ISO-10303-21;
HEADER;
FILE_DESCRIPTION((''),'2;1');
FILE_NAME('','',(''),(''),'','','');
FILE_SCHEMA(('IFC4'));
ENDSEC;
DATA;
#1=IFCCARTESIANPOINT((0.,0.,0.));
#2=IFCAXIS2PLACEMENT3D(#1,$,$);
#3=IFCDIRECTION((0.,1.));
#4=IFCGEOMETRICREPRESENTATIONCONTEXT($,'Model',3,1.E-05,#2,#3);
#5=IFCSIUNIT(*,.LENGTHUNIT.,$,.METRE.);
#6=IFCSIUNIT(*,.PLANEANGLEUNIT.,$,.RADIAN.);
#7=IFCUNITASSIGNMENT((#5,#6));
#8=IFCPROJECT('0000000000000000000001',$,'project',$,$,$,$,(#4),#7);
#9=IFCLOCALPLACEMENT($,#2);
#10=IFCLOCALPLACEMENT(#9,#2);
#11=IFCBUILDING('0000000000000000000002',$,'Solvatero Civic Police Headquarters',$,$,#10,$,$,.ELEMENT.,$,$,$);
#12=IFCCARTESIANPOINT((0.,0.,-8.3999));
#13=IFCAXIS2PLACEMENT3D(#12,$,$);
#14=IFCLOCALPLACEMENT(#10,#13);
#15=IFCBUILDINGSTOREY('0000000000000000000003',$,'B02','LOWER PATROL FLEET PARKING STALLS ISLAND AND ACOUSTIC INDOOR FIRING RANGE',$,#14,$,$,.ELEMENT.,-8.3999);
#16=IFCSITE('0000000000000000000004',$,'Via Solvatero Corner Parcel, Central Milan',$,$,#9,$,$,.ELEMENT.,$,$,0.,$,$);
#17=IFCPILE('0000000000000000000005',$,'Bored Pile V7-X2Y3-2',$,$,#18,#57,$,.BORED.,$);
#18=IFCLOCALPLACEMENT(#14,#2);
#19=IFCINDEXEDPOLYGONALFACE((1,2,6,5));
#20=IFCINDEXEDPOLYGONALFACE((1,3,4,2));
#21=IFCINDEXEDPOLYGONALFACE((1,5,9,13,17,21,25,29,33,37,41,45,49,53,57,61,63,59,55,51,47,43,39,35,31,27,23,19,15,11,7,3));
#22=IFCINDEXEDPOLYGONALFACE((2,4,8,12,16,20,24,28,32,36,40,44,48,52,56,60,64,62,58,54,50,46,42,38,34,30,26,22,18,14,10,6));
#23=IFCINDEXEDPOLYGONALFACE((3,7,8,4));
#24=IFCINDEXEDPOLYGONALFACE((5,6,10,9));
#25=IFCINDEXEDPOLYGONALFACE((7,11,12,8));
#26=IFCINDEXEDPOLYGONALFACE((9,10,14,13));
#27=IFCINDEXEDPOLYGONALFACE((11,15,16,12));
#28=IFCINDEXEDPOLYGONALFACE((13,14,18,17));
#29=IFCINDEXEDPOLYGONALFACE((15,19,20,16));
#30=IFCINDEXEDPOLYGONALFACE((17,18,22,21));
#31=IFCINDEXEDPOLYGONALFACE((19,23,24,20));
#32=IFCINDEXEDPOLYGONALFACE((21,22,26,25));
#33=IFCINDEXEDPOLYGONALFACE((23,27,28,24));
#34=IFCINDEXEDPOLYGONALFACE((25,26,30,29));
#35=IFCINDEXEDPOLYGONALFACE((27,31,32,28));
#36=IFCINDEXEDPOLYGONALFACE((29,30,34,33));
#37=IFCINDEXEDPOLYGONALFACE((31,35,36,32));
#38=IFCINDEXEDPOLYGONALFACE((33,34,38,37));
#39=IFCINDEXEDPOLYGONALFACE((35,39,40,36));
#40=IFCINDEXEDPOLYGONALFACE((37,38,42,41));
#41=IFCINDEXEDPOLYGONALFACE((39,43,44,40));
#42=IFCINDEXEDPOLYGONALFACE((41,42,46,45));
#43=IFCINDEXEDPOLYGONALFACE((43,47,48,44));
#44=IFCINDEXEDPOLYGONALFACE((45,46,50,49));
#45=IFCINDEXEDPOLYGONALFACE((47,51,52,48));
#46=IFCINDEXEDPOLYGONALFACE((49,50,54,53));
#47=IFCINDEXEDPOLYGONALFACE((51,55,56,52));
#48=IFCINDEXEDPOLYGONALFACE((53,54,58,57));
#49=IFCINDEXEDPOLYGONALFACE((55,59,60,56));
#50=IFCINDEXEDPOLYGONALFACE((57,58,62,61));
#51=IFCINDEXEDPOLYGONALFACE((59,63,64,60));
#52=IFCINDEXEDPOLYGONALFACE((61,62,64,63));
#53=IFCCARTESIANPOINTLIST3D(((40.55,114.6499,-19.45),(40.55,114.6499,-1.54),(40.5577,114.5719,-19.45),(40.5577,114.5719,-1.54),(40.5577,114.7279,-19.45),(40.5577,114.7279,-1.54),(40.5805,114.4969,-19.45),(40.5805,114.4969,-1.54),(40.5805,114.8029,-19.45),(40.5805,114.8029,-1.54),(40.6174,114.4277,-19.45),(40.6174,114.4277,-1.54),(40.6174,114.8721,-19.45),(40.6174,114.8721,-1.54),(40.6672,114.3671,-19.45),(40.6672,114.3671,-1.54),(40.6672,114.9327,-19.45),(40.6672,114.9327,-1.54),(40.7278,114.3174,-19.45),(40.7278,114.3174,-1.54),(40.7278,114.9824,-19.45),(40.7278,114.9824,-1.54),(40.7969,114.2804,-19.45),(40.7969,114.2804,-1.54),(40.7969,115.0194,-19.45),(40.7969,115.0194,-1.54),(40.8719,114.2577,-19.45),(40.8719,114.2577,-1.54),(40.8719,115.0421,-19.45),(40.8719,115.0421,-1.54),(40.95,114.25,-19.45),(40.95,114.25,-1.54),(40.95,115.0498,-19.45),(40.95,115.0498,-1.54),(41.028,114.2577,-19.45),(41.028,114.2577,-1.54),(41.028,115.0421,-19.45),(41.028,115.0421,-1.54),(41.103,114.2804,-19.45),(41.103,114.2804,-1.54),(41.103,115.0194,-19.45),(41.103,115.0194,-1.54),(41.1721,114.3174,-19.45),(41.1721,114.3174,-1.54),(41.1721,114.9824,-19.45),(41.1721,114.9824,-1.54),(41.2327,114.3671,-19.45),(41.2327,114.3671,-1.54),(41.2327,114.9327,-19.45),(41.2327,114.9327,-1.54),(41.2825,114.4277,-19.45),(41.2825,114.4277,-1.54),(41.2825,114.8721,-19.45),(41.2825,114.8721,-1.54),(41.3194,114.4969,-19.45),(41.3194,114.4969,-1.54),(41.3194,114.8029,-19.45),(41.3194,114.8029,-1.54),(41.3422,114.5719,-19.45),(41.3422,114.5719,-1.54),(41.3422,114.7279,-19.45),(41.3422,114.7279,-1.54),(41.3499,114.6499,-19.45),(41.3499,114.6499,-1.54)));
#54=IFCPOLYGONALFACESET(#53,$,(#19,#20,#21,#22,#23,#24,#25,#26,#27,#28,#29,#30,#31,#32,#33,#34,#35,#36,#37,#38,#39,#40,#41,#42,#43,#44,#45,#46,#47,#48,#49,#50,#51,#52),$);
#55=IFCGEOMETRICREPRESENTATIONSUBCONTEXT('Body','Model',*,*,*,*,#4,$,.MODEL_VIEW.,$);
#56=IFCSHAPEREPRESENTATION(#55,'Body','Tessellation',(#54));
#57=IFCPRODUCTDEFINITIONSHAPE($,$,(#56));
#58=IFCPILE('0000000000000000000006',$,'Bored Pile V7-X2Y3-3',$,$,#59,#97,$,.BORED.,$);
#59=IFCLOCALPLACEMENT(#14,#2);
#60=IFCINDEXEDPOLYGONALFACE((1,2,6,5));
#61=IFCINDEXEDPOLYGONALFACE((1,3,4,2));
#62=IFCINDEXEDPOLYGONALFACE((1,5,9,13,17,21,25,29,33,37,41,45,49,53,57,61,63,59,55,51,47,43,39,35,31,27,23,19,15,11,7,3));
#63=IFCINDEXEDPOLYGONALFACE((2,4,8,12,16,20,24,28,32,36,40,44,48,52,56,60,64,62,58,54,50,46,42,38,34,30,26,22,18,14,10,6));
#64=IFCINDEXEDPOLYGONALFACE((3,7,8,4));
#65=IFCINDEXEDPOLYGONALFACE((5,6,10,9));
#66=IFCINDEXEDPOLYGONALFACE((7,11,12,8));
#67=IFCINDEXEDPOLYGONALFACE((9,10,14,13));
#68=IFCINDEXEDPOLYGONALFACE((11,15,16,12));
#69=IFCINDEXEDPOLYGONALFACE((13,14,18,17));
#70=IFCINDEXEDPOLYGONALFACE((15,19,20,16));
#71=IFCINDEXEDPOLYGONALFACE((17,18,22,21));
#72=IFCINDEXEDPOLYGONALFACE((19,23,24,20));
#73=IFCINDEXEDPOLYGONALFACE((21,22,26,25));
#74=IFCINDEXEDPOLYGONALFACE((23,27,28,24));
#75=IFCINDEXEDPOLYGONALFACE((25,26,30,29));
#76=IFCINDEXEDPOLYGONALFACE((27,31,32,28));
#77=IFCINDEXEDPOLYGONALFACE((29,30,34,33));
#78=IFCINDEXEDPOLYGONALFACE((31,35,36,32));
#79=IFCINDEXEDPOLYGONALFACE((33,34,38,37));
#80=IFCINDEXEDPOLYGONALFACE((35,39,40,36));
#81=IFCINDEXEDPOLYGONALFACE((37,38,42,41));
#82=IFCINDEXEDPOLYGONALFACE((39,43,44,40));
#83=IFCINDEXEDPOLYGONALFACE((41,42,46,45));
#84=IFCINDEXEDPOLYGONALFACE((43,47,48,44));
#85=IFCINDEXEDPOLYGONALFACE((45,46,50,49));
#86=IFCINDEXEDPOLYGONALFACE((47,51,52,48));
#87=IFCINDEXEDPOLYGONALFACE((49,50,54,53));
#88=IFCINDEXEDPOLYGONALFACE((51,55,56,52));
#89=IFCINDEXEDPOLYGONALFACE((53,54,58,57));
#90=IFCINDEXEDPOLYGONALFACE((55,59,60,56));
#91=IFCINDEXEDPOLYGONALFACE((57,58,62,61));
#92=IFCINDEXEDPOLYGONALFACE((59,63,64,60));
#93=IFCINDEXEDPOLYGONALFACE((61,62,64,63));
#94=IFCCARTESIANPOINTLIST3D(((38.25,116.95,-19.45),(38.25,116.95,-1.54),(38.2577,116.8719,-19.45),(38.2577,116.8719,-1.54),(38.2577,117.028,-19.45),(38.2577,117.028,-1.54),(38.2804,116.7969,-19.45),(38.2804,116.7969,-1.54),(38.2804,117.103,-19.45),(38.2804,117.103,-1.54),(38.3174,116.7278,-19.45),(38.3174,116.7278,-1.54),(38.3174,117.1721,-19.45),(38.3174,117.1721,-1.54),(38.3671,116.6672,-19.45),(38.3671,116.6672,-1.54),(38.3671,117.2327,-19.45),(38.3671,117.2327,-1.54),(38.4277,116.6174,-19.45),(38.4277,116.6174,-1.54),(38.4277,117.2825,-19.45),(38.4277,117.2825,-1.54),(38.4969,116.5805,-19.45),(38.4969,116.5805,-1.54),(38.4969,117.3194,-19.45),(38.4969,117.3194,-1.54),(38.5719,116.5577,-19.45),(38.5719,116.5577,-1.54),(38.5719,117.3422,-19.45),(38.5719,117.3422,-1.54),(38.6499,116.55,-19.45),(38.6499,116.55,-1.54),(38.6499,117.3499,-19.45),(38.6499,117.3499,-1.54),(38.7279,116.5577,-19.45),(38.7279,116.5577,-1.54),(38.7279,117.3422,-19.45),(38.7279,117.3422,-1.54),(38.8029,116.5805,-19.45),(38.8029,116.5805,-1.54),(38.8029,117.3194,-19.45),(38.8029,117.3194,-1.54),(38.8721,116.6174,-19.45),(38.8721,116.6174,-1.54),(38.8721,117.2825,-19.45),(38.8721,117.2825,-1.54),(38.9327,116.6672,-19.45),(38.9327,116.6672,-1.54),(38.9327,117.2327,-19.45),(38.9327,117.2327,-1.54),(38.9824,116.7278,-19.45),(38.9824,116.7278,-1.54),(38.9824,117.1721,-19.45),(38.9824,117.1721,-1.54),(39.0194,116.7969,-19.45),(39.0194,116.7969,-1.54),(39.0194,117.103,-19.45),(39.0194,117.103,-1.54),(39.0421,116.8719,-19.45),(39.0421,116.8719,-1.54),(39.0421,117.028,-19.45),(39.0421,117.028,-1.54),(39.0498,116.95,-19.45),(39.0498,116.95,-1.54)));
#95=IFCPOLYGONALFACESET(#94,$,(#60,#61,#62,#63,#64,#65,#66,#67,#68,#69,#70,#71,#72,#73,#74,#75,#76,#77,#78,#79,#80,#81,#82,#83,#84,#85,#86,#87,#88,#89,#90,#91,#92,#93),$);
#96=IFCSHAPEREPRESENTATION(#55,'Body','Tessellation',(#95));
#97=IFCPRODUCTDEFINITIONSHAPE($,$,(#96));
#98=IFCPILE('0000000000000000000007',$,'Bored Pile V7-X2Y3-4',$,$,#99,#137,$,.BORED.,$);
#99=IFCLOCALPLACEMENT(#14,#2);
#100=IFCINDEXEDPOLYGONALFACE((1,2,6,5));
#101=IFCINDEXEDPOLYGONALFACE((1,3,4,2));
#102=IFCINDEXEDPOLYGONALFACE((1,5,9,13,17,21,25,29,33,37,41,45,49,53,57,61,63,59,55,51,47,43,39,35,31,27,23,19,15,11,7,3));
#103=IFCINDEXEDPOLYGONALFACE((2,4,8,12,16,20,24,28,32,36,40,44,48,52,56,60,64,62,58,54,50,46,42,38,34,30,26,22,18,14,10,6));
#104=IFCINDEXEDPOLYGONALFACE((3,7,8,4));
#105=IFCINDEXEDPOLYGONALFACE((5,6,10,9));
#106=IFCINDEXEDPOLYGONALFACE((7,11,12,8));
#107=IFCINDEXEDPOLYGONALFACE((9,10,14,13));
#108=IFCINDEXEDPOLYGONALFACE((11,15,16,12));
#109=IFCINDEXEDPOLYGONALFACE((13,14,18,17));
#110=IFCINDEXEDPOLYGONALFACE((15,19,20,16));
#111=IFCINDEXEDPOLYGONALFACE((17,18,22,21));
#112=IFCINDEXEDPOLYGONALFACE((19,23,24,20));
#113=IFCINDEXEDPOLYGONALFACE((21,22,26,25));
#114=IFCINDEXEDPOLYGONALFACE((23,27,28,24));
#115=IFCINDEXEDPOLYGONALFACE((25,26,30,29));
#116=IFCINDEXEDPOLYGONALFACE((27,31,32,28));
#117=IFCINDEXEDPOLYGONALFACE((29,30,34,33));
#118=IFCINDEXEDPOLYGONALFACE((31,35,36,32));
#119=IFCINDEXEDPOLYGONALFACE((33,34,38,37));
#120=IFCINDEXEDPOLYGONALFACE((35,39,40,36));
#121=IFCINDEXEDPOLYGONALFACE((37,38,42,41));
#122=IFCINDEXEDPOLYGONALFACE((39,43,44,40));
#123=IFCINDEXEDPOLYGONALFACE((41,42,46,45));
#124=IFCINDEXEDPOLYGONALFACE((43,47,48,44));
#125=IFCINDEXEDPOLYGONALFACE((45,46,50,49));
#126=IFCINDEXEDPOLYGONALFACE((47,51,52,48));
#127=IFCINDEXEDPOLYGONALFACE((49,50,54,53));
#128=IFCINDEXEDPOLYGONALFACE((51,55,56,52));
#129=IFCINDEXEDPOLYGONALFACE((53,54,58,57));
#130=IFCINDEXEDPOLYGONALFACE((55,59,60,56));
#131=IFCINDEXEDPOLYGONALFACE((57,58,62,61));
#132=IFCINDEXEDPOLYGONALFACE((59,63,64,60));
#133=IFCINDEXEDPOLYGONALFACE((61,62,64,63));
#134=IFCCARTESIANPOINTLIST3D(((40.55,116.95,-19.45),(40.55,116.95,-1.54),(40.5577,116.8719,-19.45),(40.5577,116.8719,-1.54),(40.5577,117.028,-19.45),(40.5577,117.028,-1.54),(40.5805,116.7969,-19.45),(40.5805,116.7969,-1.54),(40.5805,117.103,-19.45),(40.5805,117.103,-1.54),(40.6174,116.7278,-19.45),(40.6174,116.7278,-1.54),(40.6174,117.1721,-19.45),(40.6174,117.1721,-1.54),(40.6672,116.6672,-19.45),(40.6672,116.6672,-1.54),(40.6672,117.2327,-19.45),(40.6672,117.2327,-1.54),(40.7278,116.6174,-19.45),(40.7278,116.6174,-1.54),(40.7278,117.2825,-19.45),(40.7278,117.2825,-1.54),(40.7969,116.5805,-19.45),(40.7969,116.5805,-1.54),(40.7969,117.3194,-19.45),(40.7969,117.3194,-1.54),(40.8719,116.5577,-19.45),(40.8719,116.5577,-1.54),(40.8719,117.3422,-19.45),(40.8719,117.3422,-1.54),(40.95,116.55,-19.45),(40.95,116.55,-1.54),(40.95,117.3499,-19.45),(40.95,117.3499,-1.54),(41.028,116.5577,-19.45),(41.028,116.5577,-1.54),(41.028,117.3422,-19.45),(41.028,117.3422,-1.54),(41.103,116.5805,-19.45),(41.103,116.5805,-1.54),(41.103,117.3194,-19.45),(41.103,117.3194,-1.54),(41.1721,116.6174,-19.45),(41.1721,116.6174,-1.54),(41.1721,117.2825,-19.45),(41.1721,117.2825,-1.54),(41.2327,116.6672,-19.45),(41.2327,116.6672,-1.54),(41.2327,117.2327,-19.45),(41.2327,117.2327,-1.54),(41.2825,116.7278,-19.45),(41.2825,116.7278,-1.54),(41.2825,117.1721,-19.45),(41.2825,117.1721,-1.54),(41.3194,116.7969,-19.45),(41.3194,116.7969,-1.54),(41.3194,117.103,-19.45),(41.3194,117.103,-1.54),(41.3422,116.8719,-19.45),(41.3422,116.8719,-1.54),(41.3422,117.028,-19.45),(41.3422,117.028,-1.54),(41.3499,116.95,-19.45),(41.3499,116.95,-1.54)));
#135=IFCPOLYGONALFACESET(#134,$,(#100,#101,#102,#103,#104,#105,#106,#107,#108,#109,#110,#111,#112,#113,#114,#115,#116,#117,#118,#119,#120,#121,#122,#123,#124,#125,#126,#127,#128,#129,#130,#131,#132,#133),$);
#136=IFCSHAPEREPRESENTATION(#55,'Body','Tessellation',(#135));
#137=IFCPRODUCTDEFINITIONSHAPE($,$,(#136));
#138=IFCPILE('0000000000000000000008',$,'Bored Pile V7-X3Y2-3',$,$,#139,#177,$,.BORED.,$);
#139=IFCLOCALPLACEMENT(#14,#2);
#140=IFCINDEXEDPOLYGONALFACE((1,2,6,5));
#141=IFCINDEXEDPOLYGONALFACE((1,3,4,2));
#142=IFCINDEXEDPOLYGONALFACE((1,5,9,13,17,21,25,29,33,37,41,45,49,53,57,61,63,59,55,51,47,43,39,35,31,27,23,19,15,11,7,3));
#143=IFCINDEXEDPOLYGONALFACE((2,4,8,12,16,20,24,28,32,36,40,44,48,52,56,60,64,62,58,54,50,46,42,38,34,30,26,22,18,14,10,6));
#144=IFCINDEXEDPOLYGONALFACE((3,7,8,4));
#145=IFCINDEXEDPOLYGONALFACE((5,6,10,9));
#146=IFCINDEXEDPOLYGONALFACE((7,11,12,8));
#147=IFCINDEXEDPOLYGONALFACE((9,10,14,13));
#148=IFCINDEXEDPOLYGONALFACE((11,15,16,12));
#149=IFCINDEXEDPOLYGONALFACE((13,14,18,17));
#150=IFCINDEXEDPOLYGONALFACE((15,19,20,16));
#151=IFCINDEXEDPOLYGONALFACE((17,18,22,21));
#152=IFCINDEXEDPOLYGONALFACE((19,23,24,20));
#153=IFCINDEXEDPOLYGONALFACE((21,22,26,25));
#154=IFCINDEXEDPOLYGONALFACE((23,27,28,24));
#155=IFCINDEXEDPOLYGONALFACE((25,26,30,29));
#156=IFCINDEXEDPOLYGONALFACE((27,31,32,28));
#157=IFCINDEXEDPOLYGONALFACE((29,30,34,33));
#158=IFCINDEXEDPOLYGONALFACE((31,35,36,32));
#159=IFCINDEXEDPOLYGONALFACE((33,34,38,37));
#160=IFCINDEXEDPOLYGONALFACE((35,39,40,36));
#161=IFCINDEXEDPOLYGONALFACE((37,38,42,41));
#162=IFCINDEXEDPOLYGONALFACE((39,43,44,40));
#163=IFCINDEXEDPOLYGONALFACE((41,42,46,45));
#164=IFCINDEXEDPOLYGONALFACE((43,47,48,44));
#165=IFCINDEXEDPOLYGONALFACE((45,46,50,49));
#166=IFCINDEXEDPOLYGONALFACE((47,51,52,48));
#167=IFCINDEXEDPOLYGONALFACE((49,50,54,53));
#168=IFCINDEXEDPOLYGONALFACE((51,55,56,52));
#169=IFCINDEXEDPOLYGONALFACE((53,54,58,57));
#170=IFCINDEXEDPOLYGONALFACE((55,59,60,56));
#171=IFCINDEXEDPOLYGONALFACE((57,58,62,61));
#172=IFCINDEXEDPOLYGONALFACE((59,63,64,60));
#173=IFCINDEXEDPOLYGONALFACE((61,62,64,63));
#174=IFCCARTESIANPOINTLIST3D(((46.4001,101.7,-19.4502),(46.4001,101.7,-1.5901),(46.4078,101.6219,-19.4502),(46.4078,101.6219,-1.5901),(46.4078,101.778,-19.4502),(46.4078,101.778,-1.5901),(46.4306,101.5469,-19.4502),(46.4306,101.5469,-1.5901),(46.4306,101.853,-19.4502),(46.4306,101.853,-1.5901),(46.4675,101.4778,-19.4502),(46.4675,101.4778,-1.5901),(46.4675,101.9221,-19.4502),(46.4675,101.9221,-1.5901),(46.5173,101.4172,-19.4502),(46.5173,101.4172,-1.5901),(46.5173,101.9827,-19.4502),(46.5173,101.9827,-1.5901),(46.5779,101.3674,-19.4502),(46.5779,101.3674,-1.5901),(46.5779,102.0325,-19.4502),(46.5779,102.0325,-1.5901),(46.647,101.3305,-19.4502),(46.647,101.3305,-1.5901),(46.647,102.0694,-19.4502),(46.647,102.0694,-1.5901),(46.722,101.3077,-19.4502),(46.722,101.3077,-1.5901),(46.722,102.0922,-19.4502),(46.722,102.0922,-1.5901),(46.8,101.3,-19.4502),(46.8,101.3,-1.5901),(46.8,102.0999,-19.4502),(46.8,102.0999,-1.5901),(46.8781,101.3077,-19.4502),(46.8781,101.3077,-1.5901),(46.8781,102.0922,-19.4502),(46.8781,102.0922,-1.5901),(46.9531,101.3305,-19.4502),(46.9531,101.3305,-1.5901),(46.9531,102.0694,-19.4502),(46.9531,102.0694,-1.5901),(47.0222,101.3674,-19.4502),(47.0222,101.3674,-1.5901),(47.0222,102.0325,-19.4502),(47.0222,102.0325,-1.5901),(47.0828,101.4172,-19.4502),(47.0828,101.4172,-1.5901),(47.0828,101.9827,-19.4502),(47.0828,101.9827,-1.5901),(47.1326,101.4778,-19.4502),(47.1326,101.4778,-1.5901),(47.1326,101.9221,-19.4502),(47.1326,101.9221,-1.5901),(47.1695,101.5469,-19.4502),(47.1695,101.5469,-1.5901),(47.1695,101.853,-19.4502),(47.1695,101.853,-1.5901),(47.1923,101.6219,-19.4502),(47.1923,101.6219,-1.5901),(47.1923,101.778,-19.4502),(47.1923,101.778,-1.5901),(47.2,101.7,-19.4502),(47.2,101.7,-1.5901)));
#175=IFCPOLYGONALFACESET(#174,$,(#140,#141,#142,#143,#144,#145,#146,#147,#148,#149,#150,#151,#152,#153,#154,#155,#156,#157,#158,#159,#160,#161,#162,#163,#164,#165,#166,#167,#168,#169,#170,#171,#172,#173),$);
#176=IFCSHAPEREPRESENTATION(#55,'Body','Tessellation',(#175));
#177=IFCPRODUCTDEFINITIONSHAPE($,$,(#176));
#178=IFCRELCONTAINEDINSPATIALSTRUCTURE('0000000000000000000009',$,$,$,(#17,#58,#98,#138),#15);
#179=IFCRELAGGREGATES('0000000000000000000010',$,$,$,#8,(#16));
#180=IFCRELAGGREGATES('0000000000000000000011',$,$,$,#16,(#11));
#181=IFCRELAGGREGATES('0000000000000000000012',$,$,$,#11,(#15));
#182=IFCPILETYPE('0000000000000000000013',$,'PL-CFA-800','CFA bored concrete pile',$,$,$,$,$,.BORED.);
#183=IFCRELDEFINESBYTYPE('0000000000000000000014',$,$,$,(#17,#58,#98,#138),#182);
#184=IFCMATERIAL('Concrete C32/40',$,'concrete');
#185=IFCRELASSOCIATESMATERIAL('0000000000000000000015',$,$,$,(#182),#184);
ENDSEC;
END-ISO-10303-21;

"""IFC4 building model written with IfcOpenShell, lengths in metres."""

from ifc_helpers import new_model, si_unit, direction, frame, origin, origin_2d, place, context, subcontext, project, spatial, circle, extrude, material, material_profile, profile_set, type_object, element, save


model = new_model("IFC4")

# Units and contexts
model_context = context("Model", 3, precision=1e-05, world=origin(), true_north=direction((0.0, 1.0)))
body_context = subcontext(model_context, "Body", "Model", "MODEL_VIEW")
ifc_project = project(units=[si_unit("LENGTHUNIT", "METRE"), si_unit("PLANEANGLEUNIT", "RADIAN")], contexts=[model_context])

# Site, building, storey
site_placement = place(None, origin())
site = spatial("IfcSite", under=ifc_project, at=site_placement, Name="Via Solvatero Corner Parcel, Central Milan", CompositionType="ELEMENT", RefElevation=0.0)
building_placement = place(site_placement, origin())
building = spatial("IfcBuilding", under=site, at=building_placement, Name="Solvatero Civic Police Headquarters", CompositionType="ELEMENT")
storey_placement = place(building_placement, frame((0.0, 0.0, -8.3999)))
storey = spatial("IfcBuildingStorey", under=building, at=storey_placement, Name="B02", Description="LOWER PATROL FLEET PARKING STALLS ISLAND AND ACOUSTIC INDOOR FIRING RANGE", CompositionType="ELEMENT", Elevation=-8.3999)

# Piles
ifc_material_1 = material(Name="Concrete C32/40", Category="concrete")
ifc_material_profile_1 = material_profile(ifc_material_1, circle(Radius=0.3999, at=origin_2d()), Name="CFA PILE D800")
ifc_profile_set_1 = profile_set([ifc_material_profile_1], Name="Concrete C32/40")
pile_type = type_object("IfcPileType", Name="PL-CFA-800", Description="CFA bored concrete pile", PredefinedType="BORED", material=ifc_profile_set_1)
for number, where, z_axis, x_axis, name in (
    (1, (40.95, 114.6499, -1.54), (0.0, 0.0, -1.0), (1.0, 0.0, 0.0), "Bored Pile V7-X2Y3-2"),
    (2, (38.6499, 116.95, -1.54), (0.0, 0.0, -1.0), (1.0, 0.0, 0.0), "Bored Pile V7-X2Y3-3"),
    (3, (40.95, 116.95, -1.54), (0.0, 0.0, -1.0), (1.0, 0.0, 0.0), "Bored Pile V7-X2Y3-4"),
):
    element("IfcPile", number, at=place(storey_placement, frame(where, z_axis=z_axis, x_axis=x_axis)), inside=storey, type_object=pile_type, Name=name, PredefinedType="BORED", context=body_context, shape_type="SweptSolid", body=[
        extrude(circle(Radius=0.3999, at=origin_2d()), origin(), (0.0, 0.0, 1.0), 17.9099),
    ])
pile_placement = place(storey_placement, frame((46.8, 101.7, -1.5901), z_axis=(0.0, 0.0, -1.0), x_axis=(1.0, 0.0, 0.0)))
element("IfcPile", 4, at=pile_placement, inside=storey, type_object=pile_type, Name="Bored Pile V7-X3Y2-3", PredefinedType="BORED", context=body_context, shape_type="SweptSolid", body=[
    extrude(circle(Radius=0.3999, at=origin_2d()), origin(), (0.0, 0.0, 1.0), 17.8601),
])

save(model, "model.ifc")
